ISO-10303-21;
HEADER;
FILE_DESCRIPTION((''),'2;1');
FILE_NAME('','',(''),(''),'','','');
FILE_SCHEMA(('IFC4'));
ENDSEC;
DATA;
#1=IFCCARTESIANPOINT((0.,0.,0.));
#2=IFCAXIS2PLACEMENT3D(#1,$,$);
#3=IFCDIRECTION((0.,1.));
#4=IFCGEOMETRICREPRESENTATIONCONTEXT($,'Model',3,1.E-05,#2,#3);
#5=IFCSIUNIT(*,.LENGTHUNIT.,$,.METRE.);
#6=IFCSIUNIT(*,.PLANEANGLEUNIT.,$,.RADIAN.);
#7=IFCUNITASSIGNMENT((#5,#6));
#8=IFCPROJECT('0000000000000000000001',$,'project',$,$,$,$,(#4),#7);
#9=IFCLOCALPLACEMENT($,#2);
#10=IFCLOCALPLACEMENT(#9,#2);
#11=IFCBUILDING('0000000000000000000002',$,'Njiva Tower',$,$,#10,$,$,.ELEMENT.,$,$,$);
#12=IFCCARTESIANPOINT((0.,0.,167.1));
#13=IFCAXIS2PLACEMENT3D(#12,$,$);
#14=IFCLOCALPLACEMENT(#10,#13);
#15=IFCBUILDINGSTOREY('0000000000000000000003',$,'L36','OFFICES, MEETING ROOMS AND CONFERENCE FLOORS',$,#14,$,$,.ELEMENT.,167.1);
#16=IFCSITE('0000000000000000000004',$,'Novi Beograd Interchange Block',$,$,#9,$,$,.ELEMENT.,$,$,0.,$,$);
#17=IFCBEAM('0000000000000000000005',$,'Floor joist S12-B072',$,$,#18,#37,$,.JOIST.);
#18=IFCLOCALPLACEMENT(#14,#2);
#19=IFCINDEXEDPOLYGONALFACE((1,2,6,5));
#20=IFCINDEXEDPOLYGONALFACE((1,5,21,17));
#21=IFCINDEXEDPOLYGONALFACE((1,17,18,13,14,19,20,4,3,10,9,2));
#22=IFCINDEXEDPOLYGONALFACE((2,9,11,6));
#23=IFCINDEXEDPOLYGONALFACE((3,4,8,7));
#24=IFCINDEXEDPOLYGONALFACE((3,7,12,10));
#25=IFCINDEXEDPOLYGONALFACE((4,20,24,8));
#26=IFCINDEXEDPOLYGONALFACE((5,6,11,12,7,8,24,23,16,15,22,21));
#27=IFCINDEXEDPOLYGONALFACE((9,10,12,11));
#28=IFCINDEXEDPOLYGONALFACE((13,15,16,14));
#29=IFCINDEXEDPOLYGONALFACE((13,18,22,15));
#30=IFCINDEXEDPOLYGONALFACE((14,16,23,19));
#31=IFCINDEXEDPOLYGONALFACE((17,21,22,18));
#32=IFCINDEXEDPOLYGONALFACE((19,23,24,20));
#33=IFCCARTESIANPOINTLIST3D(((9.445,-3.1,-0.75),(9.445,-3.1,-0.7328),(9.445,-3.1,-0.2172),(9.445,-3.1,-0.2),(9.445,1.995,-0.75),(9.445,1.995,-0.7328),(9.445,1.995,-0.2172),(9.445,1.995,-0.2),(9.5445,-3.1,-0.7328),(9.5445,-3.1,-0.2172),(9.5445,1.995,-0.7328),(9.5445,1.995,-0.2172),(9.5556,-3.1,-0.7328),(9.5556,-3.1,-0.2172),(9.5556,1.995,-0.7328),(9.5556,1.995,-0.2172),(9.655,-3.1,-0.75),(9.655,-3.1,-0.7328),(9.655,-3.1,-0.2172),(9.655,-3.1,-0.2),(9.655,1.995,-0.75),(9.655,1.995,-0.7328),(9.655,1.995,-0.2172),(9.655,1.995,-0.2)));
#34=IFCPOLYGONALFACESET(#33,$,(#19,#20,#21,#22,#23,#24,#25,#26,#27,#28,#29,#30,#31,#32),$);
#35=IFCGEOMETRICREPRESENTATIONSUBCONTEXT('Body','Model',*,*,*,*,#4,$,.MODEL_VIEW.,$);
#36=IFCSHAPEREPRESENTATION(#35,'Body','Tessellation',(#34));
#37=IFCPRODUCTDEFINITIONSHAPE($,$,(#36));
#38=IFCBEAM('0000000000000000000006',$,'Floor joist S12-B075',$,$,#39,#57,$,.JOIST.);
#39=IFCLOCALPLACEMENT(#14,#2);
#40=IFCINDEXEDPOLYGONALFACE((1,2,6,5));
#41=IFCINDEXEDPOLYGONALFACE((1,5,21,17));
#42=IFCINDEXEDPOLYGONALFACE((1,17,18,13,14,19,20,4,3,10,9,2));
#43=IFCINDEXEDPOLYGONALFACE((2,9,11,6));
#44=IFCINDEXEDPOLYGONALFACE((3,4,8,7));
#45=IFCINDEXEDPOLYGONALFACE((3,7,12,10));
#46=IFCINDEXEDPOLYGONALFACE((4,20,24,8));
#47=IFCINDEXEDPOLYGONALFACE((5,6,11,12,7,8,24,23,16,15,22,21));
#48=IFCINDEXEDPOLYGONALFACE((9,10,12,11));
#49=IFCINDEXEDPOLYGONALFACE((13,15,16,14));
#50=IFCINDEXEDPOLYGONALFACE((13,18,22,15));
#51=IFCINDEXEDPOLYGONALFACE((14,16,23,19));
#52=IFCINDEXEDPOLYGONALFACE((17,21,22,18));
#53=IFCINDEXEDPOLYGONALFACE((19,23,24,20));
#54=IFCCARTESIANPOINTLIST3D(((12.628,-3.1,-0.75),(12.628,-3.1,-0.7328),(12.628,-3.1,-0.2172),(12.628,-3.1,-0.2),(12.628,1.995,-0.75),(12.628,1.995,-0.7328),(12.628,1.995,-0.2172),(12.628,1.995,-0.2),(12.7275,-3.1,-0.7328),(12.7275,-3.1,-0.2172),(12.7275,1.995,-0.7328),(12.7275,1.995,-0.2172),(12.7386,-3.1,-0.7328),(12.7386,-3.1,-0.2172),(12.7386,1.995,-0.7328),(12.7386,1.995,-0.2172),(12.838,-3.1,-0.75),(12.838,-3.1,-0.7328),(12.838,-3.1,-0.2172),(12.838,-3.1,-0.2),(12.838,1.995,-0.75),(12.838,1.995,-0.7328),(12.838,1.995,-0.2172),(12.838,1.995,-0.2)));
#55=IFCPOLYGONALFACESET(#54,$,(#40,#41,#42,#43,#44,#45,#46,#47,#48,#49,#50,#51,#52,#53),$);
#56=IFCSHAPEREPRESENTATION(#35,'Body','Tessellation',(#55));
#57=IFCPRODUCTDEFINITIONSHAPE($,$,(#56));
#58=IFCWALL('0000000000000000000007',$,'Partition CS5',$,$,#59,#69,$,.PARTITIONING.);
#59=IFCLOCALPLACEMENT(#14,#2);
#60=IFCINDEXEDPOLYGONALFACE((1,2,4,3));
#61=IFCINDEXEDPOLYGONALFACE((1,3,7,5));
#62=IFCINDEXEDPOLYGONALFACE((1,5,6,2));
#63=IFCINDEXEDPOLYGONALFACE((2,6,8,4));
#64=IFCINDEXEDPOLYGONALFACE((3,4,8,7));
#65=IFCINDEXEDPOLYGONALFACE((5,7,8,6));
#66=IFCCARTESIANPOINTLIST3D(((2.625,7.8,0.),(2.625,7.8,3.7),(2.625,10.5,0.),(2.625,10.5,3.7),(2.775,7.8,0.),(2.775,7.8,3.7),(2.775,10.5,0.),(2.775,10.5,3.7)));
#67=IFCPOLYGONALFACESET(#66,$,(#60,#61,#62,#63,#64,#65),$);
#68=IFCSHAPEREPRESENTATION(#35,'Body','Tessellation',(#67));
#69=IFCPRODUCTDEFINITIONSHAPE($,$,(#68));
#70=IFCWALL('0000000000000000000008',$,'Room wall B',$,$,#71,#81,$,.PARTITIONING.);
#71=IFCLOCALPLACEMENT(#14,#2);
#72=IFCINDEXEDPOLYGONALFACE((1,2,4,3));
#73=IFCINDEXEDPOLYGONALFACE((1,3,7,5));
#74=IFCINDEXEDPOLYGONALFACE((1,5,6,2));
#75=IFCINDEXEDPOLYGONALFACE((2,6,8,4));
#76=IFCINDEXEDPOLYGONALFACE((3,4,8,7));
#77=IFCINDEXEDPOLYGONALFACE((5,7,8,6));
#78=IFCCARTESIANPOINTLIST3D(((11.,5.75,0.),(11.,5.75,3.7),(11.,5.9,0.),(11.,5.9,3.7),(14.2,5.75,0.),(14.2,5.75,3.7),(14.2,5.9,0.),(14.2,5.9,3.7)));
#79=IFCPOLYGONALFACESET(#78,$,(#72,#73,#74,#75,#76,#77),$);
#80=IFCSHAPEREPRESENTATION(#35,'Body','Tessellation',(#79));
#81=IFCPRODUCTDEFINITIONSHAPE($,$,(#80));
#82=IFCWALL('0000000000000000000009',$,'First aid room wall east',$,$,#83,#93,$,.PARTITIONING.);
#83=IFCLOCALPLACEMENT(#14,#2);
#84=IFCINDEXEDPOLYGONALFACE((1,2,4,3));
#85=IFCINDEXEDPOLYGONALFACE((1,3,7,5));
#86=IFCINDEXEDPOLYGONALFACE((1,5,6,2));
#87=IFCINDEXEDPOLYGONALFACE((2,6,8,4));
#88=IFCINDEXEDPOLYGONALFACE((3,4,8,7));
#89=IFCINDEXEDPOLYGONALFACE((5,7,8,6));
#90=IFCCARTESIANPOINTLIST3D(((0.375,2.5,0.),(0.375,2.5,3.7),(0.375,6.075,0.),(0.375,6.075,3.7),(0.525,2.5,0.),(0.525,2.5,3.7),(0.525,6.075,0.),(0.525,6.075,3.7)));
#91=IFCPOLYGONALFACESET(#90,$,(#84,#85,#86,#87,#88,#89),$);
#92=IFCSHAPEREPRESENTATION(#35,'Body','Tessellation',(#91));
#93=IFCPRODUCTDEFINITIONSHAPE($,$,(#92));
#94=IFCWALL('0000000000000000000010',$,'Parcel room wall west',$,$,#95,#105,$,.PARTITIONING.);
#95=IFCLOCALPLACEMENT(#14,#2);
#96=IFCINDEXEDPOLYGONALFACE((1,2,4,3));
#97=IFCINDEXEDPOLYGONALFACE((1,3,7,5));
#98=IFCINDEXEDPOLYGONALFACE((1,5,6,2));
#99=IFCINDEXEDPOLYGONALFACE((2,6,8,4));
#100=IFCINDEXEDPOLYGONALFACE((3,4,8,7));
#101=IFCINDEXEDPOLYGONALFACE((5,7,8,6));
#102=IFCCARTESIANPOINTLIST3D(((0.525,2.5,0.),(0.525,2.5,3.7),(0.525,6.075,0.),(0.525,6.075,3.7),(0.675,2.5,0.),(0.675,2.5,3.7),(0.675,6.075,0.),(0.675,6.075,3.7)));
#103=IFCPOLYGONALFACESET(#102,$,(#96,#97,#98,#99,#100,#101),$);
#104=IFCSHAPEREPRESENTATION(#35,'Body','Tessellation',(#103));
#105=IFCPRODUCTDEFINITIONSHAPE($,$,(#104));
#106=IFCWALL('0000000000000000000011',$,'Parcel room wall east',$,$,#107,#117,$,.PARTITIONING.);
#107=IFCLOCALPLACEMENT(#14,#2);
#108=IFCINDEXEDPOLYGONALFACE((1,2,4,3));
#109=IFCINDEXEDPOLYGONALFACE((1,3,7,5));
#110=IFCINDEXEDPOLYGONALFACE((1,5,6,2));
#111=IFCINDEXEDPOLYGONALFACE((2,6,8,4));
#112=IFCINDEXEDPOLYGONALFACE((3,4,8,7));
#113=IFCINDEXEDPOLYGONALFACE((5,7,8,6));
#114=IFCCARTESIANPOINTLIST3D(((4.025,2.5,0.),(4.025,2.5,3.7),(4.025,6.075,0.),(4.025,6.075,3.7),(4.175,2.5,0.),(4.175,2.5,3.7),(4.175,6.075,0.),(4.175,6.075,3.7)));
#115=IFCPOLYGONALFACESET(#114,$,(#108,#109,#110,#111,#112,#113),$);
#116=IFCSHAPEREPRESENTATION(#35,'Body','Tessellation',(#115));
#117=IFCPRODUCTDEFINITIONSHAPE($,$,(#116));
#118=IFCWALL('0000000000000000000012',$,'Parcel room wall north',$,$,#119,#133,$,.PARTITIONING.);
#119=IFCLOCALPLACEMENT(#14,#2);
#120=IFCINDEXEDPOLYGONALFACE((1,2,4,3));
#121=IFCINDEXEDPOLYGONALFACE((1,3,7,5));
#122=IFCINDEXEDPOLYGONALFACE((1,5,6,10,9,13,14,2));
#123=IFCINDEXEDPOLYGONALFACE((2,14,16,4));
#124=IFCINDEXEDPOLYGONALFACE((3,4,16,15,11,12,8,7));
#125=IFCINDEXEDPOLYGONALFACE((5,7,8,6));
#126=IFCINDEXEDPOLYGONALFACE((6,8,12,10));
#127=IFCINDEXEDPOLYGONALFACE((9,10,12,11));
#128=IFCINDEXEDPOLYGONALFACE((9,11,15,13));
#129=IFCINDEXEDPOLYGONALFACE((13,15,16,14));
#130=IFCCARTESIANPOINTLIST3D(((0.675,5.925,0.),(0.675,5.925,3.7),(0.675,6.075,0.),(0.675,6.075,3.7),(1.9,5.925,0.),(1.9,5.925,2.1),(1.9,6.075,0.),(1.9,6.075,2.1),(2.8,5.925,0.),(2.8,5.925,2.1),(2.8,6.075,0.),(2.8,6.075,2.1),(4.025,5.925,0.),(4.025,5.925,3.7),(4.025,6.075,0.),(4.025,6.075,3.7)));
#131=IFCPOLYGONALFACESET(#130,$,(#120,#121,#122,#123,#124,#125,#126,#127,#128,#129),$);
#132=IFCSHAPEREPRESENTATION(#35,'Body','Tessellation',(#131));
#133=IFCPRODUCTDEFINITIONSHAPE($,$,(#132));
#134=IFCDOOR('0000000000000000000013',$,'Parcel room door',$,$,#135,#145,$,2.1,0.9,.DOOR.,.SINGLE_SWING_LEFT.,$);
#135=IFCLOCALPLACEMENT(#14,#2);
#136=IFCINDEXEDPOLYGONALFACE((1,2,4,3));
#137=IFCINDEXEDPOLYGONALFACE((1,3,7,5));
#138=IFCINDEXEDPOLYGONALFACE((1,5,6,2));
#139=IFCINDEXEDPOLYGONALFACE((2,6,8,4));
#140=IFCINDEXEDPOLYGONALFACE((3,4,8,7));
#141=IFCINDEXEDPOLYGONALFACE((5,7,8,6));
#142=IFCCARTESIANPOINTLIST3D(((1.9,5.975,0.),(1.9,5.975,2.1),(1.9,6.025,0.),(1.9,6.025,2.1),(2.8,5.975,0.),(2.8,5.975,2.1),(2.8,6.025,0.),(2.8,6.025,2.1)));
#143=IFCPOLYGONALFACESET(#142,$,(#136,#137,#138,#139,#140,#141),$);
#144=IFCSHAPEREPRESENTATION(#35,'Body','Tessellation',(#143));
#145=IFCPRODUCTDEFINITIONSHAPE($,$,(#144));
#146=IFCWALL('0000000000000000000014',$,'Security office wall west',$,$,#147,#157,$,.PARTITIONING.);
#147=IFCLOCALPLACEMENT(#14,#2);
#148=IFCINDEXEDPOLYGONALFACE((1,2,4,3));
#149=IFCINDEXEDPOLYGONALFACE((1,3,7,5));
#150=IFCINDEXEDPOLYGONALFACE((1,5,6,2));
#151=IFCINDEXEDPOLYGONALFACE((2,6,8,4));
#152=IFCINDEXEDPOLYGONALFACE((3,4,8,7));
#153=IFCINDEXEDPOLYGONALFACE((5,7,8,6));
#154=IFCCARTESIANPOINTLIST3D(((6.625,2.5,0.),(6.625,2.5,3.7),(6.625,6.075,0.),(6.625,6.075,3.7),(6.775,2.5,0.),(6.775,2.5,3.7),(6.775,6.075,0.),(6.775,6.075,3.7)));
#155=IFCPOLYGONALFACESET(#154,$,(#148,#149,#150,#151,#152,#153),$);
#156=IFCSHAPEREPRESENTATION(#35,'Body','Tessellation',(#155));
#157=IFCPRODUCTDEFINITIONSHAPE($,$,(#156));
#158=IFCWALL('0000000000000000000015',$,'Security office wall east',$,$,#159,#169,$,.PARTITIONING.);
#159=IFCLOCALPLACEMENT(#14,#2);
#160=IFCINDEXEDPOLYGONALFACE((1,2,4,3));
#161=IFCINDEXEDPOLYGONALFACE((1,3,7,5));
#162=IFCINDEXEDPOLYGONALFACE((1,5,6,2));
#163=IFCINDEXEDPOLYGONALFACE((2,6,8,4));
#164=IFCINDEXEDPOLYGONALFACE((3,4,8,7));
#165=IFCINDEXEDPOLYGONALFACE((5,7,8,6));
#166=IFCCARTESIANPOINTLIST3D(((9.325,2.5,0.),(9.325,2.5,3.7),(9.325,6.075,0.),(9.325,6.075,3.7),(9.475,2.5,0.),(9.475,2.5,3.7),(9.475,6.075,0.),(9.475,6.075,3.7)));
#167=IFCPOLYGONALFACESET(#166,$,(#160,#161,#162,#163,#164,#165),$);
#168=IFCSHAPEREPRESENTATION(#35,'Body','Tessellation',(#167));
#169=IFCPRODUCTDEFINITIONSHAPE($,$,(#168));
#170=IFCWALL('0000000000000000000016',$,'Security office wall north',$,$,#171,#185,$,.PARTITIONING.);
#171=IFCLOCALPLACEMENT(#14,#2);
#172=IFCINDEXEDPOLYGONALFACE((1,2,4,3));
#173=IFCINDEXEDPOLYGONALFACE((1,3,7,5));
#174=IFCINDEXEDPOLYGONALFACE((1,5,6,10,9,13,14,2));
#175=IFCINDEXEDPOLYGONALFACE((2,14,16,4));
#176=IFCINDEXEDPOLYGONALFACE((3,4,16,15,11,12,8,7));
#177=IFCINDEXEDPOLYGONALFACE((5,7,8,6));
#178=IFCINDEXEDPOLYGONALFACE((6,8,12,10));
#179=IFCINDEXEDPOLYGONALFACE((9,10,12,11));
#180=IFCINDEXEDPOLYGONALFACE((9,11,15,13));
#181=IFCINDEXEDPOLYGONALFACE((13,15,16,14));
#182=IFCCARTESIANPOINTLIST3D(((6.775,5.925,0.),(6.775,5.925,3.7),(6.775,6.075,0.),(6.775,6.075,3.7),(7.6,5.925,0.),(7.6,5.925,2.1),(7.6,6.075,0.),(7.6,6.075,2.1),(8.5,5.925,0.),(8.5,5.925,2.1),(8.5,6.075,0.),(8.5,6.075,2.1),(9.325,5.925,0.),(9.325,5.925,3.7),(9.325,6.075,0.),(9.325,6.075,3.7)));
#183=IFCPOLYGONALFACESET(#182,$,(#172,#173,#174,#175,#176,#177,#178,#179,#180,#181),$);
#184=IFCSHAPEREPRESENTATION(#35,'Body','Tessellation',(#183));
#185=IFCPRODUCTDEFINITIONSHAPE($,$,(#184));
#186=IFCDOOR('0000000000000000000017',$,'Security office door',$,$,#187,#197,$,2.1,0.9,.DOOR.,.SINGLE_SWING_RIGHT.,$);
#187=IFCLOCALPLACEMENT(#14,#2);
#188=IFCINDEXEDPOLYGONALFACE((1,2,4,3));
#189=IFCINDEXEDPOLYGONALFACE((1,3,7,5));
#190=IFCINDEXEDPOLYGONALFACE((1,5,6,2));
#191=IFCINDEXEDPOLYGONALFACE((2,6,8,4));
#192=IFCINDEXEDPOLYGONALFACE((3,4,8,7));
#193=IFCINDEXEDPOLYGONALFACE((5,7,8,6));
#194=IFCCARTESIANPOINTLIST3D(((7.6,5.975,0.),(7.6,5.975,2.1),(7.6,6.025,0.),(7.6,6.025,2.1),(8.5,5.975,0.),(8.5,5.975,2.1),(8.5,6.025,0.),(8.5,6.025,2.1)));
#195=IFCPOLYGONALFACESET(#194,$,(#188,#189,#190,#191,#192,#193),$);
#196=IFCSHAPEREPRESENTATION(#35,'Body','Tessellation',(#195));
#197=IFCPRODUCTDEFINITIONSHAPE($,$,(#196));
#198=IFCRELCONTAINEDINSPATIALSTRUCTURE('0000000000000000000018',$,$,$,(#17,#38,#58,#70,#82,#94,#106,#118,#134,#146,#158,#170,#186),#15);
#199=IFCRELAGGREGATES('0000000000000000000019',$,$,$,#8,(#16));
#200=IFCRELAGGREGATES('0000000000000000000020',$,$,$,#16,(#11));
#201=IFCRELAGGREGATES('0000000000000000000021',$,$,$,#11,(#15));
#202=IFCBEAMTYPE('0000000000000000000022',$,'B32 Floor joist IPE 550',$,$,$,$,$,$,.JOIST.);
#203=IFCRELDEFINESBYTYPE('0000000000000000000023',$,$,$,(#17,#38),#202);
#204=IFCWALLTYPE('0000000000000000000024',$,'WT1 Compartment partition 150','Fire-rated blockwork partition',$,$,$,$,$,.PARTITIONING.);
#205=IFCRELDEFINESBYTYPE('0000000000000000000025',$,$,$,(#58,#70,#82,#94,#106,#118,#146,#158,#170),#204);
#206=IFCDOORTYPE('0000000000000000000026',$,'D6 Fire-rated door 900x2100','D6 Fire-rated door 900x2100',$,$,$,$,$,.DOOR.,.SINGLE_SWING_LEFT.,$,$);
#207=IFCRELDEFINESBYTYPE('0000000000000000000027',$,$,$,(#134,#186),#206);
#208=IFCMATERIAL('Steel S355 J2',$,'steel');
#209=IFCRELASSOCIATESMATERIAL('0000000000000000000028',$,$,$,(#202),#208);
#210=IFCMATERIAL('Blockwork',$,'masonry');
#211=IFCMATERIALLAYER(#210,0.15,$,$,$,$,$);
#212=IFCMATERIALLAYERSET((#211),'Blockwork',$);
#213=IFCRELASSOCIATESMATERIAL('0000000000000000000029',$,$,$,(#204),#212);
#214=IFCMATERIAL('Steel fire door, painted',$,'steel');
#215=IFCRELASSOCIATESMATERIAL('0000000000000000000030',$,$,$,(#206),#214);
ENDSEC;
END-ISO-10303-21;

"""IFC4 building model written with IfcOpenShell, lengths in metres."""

from ifc_helpers import new_model, si_unit, direction, frame, frame_2d, origin, origin_2d, place, context, subcontext, project, spatial, rectangle, i_section, extrude, material, layer, layer_set, material_profile, profile_set, type_object, element, fill, save


model = new_model("IFC4")

# Units and contexts
model_context = context("Model", 3, precision=1e-05, world=origin(), true_north=direction((0.0, 1.0)))
body_context = subcontext(model_context, "Body", "Model", "MODEL_VIEW")
ifc_project = project(units=[si_unit("LENGTHUNIT", "METRE"), si_unit("PLANEANGLEUNIT", "RADIAN")], contexts=[model_context])

# Site, building, storey
site_placement = place(None, origin())
site = spatial("IfcSite", under=ifc_project, at=site_placement, Name="Novi Beograd Interchange Block", CompositionType="ELEMENT", RefElevation=0.0)
building_placement = place(site_placement, origin())
building = spatial("IfcBuilding", under=site, at=building_placement, Name="Njiva Tower", CompositionType="ELEMENT")
storey_placement = place(building_placement, frame((0.0, 0.0, 167.1)))
storey = spatial("IfcBuildingStorey", under=building, at=storey_placement, Name="L36", Description="OFFICES, MEETING ROOMS AND CONFERENCE FLOORS", CompositionType="ELEMENT", Elevation=167.1)

# Beams
ifc_material_1 = material(Name="Steel S355 J2", Category="steel")
ifc_material_profile = material_profile(ifc_material_1, i_section(OverallWidth=0.21, OverallDepth=0.55, WebThickness=0.0111, FlangeThickness=0.0172, at=origin_2d()), Name="IPE 550")
ifc_profile_set = profile_set([ifc_material_profile], Name="Steel S355 J2")
beam_type = type_object("IfcBeamType", Name="B32 Floor joist IPE 550", PredefinedType="JOIST", material=ifc_profile_set)
for number, where, z_axis, x_axis, name in (
    (1, (9.55, 1.995, -0.475), (0.0, -1.0, 0.0), (1.0, 0.0, 0.0), "Floor joist S12-B072"),
    (2, (12.733, 1.995, -0.475), (0.0, -1.0, 0.0), (1.0, 0.0, 0.0), "Floor joist S12-B075"),
):
    element("IfcBeam", number, at=place(storey_placement, frame(where, z_axis=z_axis, x_axis=x_axis)), inside=storey, type_object=beam_type, Name=name, PredefinedType="JOIST", context=body_context, shape_type="SweptSolid", body=[
        extrude(i_section(OverallWidth=0.21, OverallDepth=0.55, WebThickness=0.0111, FlangeThickness=0.0172, at=origin_2d()), origin(), (0.0, 0.0, 1.0), 5.095),
    ])

# Walls
ifc_material_2 = material(Name="Blockwork", Category="masonry")
ifc_layer_1 = layer(ifc_material_2, 0.15)
ifc_layer_set_1 = layer_set([ifc_layer_1], Name="Blockwork")
wall_type_1 = type_object("IfcWallType", Name="WT1 Compartment partition 150", Description="Fire-rated blockwork partition", PredefinedType="PARTITIONING", material=ifc_layer_set_1)
wall_1_placement = place(storey_placement, frame((2.7, 7.8, 0.0), z_axis=(0.0, 0.0, 1.0), x_axis=(0.0, 1.0, 0.0)))
element("IfcWall", 3, at=wall_1_placement, inside=storey, type_object=wall_type_1, Name="Partition CS5", PredefinedType="PARTITIONING", context=body_context, shape_type="SweptSolid", body=[
    extrude(rectangle(XDim=2.7, YDim=0.15, at=frame_2d((1.35, 0.0))), origin(), (0.0, 0.0, 1.0), 3.7),
])
wall_2_placement = place(storey_placement, frame((11.0, 5.825, 0.0), z_axis=(0.0, 0.0, 1.0), x_axis=(1.0, 0.0, 0.0)))
element("IfcWall", 4, at=wall_2_placement, inside=storey, type_object=wall_type_1, Name="Room wall B", PredefinedType="PARTITIONING", context=body_context, shape_type="SweptSolid", body=[
    extrude(rectangle(XDim=3.2, YDim=0.15, at=frame_2d((1.6, 0.0))), origin(), (0.0, 0.0, 1.0), 3.7),
])
for number, where, z_axis, x_axis, name in (
    (5, (0.45, 2.5, 0.0), (0.0, 0.0, 1.0), (0.0, 1.0, 0.0), "First aid room wall east"),
    (6, (0.6, 2.5, 0.0), (0.0, 0.0, 1.0), (0.0, 1.0, 0.0), "Parcel room wall west"),
    (7, (4.1, 2.5, 0.0), (0.0, 0.0, 1.0), (0.0, 1.0, 0.0), "Parcel room wall east"),
):
    element("IfcWall", number, at=place(storey_placement, frame(where, z_axis=z_axis, x_axis=x_axis)), inside=storey, type_object=wall_type_1, Name=name, PredefinedType="PARTITIONING", context=body_context, shape_type="SweptSolid", body=[
        extrude(rectangle(XDim=3.575, YDim=0.15, at=frame_2d((1.7875, 0.0))), origin(), (0.0, 0.0, 1.0), 3.7),
    ])

# Wall, opening, door
wall_3_placement = place(storey_placement, frame((0.675, 6.0, 0.0), z_axis=(0.0, 0.0, 1.0), x_axis=(1.0, 0.0, 0.0)))
wall_3 = element("IfcWall", 8, at=wall_3_placement, inside=storey, type_object=wall_type_1, Name="Parcel room wall north", PredefinedType="PARTITIONING", context=body_context, shape_type="SweptSolid", body=[
    extrude(rectangle(XDim=3.35, YDim=0.15, at=frame_2d((1.675, 0.0))), origin(), (0.0, 0.0, 1.0), 3.7),
])
opening_1_placement = place(wall_3_placement, frame((1.225, 0.0, 0.0)))
opening_1 = element("IfcOpeningElement", 9, at=opening_1_placement, cuts=wall_3, PredefinedType="OPENING", context=body_context, shape_type="SweptSolid", body=[
    extrude(rectangle(XDim=0.9, YDim=2.1, at=frame_2d((0.45, 1.05))), frame((0.0, 0.085, 0.0), z_axis=(0.0, -1.0, 0.0), x_axis=(1.0, 0.0, 0.0)), (0.0, 0.0, 1.0), 0.17),
])
ifc_material_3 = material(Name="Steel fire door, painted", Category="steel")
door_type_1 = type_object("IfcDoorType", Name="D6 Fire-rated door 900x2100", Description="D6 Fire-rated door 900x2100", OperationType="SINGLE_SWING_LEFT", PredefinedType="DOOR", material=ifc_material_3)
door_1_placement = place(opening_1_placement, origin())
door_1 = element("IfcDoor", 10, at=door_1_placement, inside=storey, type_object=door_type_1, Name="Parcel room door", OperationType="SINGLE_SWING_LEFT", OverallHeight=2.1, OverallWidth=0.9, PredefinedType="DOOR", context=body_context, shape_type="SweptSolid", body=[
    extrude(rectangle(XDim=0.9, YDim=2.1, at=frame_2d((0.45, 1.05))), frame((0.0, 0.025, 0.0), z_axis=(0.0, -1.0, 0.0), x_axis=(1.0, 0.0, 0.0)), (0.0, 0.0, 1.0), 0.05),
])
fill(opening_1, door_1)

# Walls
for number, where, z_axis, x_axis, name in (
    (11, (6.7, 2.5, 0.0), (0.0, 0.0, 1.0), (0.0, 1.0, 0.0), "Security office wall west"),
    (12, (9.4, 2.5, 0.0), (0.0, 0.0, 1.0), (0.0, 1.0, 0.0), "Security office wall east"),
):
    element("IfcWall", number, at=place(storey_placement, frame(where, z_axis=z_axis, x_axis=x_axis)), inside=storey, type_object=wall_type_1, Name=name, PredefinedType="PARTITIONING", context=body_context, shape_type="SweptSolid", body=[
        extrude(rectangle(XDim=3.575, YDim=0.15, at=frame_2d((1.7875, 0.0))), origin(), (0.0, 0.0, 1.0), 3.7),
    ])

# Wall, opening, door
wall_4_placement = place(storey_placement, frame((6.775, 6.0, 0.0), z_axis=(0.0, 0.0, 1.0), x_axis=(1.0, 0.0, 0.0)))
wall_4 = element("IfcWall", 13, at=wall_4_placement, inside=storey, type_object=wall_type_1, Name="Security office wall north", PredefinedType="PARTITIONING", context=body_context, shape_type="SweptSolid", body=[
    extrude(rectangle(XDim=2.55, YDim=0.15, at=frame_2d((1.275, 0.0))), origin(), (0.0, 0.0, 1.0), 3.7),
])
opening_2_placement = place(wall_4_placement, frame((0.825, 0.0, 0.0)))
opening_2 = element("IfcOpeningElement", 14, at=opening_2_placement, cuts=wall_4, PredefinedType="OPENING", context=body_context, shape_type="SweptSolid", body=[
    extrude(rectangle(XDim=0.9, YDim=2.1, at=frame_2d((0.45, 1.05))), frame((0.0, 0.085, 0.0), z_axis=(0.0, -1.0, 0.0), x_axis=(1.0, 0.0, 0.0)), (0.0, 0.0, 1.0), 0.17),
])
door_2_placement = place(opening_2_placement, origin())
door_2 = element("IfcDoor", 15, at=door_2_placement, inside=storey, type_object=door_type_1, Name="Security office door", OperationType="SINGLE_SWING_RIGHT", OverallHeight=2.1, OverallWidth=0.9, PredefinedType="DOOR", context=body_context, shape_type="SweptSolid", body=[
    extrude(rectangle(XDim=0.9, YDim=2.1, at=frame_2d((0.45, 1.05))), frame((0.0, 0.025, 0.0), z_axis=(0.0, -1.0, 0.0), x_axis=(1.0, 0.0, 0.0)), (0.0, 0.0, 1.0), 0.05),
])
fill(opening_2, door_2)

save(model, "model.ifc")
